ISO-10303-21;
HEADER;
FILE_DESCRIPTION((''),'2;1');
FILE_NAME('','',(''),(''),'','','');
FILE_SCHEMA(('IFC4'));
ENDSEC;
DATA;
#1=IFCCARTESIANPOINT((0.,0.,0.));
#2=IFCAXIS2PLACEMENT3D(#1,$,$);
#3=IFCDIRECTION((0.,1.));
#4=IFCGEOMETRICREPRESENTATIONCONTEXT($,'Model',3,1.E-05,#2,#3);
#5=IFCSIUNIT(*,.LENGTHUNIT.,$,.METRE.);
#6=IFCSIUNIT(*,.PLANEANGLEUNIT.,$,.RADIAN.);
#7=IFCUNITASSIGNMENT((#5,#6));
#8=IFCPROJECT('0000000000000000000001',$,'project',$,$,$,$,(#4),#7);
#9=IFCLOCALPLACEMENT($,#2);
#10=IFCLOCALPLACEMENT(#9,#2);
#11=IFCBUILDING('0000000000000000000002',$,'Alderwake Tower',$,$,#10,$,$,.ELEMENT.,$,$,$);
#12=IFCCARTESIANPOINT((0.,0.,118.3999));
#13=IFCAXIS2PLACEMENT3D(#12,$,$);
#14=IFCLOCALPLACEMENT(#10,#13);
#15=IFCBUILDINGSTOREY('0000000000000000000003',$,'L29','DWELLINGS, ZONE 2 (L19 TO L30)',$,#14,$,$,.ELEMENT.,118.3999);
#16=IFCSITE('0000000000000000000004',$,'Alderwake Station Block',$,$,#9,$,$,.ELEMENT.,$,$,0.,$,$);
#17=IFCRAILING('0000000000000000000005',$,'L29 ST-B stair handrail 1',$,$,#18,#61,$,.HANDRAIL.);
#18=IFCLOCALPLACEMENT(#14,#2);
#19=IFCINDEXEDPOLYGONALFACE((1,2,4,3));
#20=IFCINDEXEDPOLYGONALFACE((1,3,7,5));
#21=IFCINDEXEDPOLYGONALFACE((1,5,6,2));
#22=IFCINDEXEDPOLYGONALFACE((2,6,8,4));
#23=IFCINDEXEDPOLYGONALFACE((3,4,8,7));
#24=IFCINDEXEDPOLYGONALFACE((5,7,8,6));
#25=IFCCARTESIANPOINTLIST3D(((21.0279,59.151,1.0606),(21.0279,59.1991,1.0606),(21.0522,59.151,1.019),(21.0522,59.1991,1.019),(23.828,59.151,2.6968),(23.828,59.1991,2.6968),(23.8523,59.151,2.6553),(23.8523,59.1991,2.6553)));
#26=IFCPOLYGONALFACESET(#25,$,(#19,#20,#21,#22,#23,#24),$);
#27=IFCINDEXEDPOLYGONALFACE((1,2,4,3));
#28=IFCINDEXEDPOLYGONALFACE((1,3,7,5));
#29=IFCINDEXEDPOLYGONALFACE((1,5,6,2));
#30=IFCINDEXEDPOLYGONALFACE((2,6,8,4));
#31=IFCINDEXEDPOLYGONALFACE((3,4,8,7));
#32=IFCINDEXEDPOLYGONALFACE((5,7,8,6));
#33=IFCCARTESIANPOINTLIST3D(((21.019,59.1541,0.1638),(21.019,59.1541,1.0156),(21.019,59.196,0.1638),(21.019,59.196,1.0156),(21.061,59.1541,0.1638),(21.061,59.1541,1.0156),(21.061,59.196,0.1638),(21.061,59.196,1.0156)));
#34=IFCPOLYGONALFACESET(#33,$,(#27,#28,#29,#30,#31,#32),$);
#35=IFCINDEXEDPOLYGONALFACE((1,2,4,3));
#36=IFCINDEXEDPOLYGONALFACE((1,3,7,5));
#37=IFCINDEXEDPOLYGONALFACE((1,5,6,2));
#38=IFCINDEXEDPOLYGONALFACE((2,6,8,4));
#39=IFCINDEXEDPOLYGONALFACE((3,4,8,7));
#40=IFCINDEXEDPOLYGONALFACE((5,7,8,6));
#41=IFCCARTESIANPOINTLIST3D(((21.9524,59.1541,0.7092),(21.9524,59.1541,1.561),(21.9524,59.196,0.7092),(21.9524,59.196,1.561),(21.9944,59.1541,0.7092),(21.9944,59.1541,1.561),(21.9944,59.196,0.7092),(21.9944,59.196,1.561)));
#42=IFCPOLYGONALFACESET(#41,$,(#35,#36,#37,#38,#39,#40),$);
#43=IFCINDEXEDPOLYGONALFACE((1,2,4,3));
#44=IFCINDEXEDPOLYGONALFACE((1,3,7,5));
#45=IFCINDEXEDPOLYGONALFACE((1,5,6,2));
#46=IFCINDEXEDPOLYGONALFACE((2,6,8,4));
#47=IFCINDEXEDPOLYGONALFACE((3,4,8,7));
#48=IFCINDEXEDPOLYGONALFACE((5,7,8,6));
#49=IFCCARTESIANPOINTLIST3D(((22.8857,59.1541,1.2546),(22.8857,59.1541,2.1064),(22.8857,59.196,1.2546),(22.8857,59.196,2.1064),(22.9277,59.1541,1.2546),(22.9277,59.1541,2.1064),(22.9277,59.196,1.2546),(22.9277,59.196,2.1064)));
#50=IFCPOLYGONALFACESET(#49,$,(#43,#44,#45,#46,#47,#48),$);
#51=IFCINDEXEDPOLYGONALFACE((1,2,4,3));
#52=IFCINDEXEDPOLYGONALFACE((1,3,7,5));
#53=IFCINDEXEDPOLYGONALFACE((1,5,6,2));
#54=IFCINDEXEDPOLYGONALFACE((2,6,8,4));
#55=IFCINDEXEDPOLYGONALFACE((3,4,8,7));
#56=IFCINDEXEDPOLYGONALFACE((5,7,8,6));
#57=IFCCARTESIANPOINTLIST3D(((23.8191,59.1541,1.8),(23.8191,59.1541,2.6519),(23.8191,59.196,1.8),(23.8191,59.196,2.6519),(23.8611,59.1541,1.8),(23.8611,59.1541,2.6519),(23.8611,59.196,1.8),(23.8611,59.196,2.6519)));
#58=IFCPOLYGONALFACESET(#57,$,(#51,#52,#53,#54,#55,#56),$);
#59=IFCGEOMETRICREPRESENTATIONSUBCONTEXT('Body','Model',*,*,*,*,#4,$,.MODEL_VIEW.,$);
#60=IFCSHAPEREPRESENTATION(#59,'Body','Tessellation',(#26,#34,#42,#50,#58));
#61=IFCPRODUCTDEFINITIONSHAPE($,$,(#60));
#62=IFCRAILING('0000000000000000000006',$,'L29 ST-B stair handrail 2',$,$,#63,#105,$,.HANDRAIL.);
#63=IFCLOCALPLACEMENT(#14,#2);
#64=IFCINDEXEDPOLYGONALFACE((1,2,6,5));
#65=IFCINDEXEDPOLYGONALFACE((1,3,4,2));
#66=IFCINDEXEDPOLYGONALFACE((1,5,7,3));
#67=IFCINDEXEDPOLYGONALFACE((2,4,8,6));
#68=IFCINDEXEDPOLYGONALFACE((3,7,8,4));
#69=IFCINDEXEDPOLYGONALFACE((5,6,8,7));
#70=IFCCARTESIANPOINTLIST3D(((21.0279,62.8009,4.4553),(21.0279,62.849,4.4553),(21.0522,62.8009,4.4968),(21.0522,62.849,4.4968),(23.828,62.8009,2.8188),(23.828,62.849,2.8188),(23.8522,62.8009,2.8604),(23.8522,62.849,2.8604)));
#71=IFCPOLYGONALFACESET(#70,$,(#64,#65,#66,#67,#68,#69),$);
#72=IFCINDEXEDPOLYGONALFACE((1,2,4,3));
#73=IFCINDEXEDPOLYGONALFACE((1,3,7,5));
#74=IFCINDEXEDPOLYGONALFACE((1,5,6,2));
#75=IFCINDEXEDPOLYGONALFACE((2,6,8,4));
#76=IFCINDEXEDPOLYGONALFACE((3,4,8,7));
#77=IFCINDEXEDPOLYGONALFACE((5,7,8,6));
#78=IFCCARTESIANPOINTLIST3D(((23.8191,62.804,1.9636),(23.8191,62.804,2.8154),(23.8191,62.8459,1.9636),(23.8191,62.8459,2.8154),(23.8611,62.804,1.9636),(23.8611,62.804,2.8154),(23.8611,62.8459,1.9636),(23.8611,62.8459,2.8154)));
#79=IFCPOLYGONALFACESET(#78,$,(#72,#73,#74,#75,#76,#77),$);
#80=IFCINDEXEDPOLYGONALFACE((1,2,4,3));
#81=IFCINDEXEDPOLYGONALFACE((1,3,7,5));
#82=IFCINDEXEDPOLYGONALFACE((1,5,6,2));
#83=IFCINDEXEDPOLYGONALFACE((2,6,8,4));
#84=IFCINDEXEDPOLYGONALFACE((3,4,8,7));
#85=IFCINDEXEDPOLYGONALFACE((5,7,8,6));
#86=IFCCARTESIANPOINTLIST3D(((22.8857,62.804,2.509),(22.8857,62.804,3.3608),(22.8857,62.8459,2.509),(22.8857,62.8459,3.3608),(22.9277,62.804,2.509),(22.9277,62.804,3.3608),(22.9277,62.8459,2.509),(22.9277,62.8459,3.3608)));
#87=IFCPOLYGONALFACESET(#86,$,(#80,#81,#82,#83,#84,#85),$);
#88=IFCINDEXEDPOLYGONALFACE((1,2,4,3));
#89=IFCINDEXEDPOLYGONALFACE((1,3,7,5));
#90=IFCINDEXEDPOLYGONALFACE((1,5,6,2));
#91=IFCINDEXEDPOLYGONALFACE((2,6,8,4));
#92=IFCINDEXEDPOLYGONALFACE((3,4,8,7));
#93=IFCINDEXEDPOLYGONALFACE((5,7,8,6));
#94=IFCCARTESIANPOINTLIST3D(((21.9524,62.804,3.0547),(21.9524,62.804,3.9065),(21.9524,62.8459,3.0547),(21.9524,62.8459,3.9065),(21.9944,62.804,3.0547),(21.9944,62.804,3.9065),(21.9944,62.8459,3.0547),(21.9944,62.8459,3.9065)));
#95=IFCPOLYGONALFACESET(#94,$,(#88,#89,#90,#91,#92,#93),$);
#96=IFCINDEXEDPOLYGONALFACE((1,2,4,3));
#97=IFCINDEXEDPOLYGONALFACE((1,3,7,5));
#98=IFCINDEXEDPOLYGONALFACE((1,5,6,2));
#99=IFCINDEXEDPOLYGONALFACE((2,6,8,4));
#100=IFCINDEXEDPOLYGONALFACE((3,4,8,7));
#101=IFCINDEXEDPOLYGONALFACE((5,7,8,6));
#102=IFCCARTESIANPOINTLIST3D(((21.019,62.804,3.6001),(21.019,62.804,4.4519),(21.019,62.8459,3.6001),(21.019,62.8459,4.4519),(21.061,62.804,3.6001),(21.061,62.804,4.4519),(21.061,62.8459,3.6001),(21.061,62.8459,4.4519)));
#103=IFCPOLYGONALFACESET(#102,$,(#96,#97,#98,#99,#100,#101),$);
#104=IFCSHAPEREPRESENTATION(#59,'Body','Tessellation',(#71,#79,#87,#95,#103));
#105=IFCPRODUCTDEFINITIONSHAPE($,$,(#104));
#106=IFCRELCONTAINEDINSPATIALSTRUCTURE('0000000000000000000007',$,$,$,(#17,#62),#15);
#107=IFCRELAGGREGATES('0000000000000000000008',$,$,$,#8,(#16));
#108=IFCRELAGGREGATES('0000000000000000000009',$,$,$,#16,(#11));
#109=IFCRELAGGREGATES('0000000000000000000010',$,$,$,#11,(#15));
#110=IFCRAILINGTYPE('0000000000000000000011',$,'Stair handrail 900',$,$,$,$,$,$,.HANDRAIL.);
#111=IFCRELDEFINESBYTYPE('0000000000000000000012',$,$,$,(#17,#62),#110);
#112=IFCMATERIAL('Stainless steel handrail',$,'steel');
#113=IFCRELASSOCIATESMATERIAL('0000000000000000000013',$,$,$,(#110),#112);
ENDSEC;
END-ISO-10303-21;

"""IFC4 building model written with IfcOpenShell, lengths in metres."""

from ifc_helpers import new_model, si_unit, direction, frame, origin, origin_with_axes, origin_2d, place, context, subcontext, project, spatial, rectangle, extrude, material, type_object, element, save


model = new_model("IFC4")

# Units and contexts
model_context = context("Model", 3, precision=1e-05, world=origin(), true_north=direction((0.0, 1.0)))
body_context = subcontext(model_context, "Body", "Model", "MODEL_VIEW")
ifc_project = project(units=[si_unit("LENGTHUNIT", "METRE"), si_unit("PLANEANGLEUNIT", "RADIAN")], contexts=[model_context])

# Site, building, storey
site_placement = place(None, origin())
site = spatial("IfcSite", under=ifc_project, at=site_placement, Name="Alderwake Station Block", CompositionType="ELEMENT", RefElevation=0.0)
building_placement = place(site_placement, origin())
building = spatial("IfcBuilding", under=site, at=building_placement, Name="Alderwake Tower", CompositionType="ELEMENT")
storey_placement = place(building_placement, frame((0.0, 0.0, 118.3999)))
storey = spatial("IfcBuildingStorey", under=building, at=storey_placement, Name="L29", Description="DWELLINGS, ZONE 2 (L19 TO L30)", CompositionType="ELEMENT", Elevation=118.3999)

# Railings
ifc_material_1 = material(Name="Stainless steel handrail", Category="steel")
railing_type_1 = type_object("IfcRailingType", Name="Stair handrail 900", PredefinedType="HANDRAIL", material=ifc_material_1)
railing_1_placement = place(storey_placement, frame((21.04, 59.175, 0.1638)))
element("IfcRailing", 1, at=railing_1_placement, inside=storey, type_object=railing_type_1, Name="L29 ST-B stair handrail 1", PredefinedType="HANDRAIL", context=body_context, shape_type="SweptSolid", body=[
    extrude(rectangle(XDim=0.0481, YDim=0.0481, at=origin_2d()), frame((0.0, 0.0, 0.876), z_axis=(0.863394, 0.0, 0.504531), x_axis=(0.0, 1.0, 0.0)), (0.0, 0.0, 1.0), 3.2432),
    extrude(rectangle(XDim=0.042, YDim=0.042, at=origin_2d()), origin_with_axes(), (0.0, 0.0, 1.0), 0.8518),
    extrude(rectangle(XDim=0.042, YDim=0.042, at=origin_2d()), frame((0.9333, 0.0, 0.5454), z_axis=(0.0, 0.0, 1.0), x_axis=(1.0, 0.0, 0.0)), (0.0, 0.0, 1.0), 0.8518),
    extrude(rectangle(XDim=0.042, YDim=0.042, at=origin_2d()), frame((1.8667, 0.0, 1.0908), z_axis=(0.0, 0.0, 1.0), x_axis=(1.0, 0.0, 0.0)), (0.0, 0.0, 1.0), 0.8518),
    extrude(rectangle(XDim=0.042, YDim=0.042, at=origin_2d()), frame((2.8, 0.0, 1.6362), z_axis=(0.0, 0.0, 1.0), x_axis=(1.0, 0.0, 0.0)), (0.0, 0.0, 1.0), 0.8518),
])
railing_2_placement = place(storey_placement, frame((23.8401, 62.825, 1.9636)))
element("IfcRailing", 2, at=railing_2_placement, inside=storey, type_object=railing_type_1, Name="L29 ST-B stair handrail 2", PredefinedType="HANDRAIL", context=body_context, shape_type="SweptSolid", body=[
    extrude(rectangle(XDim=0.0481, YDim=0.0481, at=origin_2d()), frame((0.0, 0.0, 0.876), z_axis=(-0.863361, 0.0, 0.504587), x_axis=(0.0, -1.0, 0.0)), (0.0, 0.0, 1.0), 3.2432),
    extrude(rectangle(XDim=0.042, YDim=0.042, at=origin_2d()), frame((0.0, 0.0, 0.0), z_axis=(0.0, 0.0, 1.0), x_axis=(-1.0, 0.0, 0.0)), (0.0, 0.0, 1.0), 0.8518),
    extrude(rectangle(XDim=0.042, YDim=0.042, at=origin_2d()), frame((-0.9333, 0.0, 0.5454), z_axis=(0.0, 0.0, 1.0), x_axis=(-1.0, 0.0, 0.0)), (0.0, 0.0, 1.0), 0.8518),
    extrude(rectangle(XDim=0.042, YDim=0.042, at=origin_2d()), frame((-1.8667, 0.0, 1.0911), z_axis=(0.0, 0.0, 1.0), x_axis=(-1.0, 0.0, 0.0)), (0.0, 0.0, 1.0), 0.8518),
    extrude(rectangle(XDim=0.042, YDim=0.042, at=origin_2d()), frame((-2.8, 0.0, 1.6365), z_axis=(0.0, 0.0, 1.0), x_axis=(-1.0, 0.0, 0.0)), (0.0, 0.0, 1.0), 0.8518),
])

save(model, "model.ifc")
